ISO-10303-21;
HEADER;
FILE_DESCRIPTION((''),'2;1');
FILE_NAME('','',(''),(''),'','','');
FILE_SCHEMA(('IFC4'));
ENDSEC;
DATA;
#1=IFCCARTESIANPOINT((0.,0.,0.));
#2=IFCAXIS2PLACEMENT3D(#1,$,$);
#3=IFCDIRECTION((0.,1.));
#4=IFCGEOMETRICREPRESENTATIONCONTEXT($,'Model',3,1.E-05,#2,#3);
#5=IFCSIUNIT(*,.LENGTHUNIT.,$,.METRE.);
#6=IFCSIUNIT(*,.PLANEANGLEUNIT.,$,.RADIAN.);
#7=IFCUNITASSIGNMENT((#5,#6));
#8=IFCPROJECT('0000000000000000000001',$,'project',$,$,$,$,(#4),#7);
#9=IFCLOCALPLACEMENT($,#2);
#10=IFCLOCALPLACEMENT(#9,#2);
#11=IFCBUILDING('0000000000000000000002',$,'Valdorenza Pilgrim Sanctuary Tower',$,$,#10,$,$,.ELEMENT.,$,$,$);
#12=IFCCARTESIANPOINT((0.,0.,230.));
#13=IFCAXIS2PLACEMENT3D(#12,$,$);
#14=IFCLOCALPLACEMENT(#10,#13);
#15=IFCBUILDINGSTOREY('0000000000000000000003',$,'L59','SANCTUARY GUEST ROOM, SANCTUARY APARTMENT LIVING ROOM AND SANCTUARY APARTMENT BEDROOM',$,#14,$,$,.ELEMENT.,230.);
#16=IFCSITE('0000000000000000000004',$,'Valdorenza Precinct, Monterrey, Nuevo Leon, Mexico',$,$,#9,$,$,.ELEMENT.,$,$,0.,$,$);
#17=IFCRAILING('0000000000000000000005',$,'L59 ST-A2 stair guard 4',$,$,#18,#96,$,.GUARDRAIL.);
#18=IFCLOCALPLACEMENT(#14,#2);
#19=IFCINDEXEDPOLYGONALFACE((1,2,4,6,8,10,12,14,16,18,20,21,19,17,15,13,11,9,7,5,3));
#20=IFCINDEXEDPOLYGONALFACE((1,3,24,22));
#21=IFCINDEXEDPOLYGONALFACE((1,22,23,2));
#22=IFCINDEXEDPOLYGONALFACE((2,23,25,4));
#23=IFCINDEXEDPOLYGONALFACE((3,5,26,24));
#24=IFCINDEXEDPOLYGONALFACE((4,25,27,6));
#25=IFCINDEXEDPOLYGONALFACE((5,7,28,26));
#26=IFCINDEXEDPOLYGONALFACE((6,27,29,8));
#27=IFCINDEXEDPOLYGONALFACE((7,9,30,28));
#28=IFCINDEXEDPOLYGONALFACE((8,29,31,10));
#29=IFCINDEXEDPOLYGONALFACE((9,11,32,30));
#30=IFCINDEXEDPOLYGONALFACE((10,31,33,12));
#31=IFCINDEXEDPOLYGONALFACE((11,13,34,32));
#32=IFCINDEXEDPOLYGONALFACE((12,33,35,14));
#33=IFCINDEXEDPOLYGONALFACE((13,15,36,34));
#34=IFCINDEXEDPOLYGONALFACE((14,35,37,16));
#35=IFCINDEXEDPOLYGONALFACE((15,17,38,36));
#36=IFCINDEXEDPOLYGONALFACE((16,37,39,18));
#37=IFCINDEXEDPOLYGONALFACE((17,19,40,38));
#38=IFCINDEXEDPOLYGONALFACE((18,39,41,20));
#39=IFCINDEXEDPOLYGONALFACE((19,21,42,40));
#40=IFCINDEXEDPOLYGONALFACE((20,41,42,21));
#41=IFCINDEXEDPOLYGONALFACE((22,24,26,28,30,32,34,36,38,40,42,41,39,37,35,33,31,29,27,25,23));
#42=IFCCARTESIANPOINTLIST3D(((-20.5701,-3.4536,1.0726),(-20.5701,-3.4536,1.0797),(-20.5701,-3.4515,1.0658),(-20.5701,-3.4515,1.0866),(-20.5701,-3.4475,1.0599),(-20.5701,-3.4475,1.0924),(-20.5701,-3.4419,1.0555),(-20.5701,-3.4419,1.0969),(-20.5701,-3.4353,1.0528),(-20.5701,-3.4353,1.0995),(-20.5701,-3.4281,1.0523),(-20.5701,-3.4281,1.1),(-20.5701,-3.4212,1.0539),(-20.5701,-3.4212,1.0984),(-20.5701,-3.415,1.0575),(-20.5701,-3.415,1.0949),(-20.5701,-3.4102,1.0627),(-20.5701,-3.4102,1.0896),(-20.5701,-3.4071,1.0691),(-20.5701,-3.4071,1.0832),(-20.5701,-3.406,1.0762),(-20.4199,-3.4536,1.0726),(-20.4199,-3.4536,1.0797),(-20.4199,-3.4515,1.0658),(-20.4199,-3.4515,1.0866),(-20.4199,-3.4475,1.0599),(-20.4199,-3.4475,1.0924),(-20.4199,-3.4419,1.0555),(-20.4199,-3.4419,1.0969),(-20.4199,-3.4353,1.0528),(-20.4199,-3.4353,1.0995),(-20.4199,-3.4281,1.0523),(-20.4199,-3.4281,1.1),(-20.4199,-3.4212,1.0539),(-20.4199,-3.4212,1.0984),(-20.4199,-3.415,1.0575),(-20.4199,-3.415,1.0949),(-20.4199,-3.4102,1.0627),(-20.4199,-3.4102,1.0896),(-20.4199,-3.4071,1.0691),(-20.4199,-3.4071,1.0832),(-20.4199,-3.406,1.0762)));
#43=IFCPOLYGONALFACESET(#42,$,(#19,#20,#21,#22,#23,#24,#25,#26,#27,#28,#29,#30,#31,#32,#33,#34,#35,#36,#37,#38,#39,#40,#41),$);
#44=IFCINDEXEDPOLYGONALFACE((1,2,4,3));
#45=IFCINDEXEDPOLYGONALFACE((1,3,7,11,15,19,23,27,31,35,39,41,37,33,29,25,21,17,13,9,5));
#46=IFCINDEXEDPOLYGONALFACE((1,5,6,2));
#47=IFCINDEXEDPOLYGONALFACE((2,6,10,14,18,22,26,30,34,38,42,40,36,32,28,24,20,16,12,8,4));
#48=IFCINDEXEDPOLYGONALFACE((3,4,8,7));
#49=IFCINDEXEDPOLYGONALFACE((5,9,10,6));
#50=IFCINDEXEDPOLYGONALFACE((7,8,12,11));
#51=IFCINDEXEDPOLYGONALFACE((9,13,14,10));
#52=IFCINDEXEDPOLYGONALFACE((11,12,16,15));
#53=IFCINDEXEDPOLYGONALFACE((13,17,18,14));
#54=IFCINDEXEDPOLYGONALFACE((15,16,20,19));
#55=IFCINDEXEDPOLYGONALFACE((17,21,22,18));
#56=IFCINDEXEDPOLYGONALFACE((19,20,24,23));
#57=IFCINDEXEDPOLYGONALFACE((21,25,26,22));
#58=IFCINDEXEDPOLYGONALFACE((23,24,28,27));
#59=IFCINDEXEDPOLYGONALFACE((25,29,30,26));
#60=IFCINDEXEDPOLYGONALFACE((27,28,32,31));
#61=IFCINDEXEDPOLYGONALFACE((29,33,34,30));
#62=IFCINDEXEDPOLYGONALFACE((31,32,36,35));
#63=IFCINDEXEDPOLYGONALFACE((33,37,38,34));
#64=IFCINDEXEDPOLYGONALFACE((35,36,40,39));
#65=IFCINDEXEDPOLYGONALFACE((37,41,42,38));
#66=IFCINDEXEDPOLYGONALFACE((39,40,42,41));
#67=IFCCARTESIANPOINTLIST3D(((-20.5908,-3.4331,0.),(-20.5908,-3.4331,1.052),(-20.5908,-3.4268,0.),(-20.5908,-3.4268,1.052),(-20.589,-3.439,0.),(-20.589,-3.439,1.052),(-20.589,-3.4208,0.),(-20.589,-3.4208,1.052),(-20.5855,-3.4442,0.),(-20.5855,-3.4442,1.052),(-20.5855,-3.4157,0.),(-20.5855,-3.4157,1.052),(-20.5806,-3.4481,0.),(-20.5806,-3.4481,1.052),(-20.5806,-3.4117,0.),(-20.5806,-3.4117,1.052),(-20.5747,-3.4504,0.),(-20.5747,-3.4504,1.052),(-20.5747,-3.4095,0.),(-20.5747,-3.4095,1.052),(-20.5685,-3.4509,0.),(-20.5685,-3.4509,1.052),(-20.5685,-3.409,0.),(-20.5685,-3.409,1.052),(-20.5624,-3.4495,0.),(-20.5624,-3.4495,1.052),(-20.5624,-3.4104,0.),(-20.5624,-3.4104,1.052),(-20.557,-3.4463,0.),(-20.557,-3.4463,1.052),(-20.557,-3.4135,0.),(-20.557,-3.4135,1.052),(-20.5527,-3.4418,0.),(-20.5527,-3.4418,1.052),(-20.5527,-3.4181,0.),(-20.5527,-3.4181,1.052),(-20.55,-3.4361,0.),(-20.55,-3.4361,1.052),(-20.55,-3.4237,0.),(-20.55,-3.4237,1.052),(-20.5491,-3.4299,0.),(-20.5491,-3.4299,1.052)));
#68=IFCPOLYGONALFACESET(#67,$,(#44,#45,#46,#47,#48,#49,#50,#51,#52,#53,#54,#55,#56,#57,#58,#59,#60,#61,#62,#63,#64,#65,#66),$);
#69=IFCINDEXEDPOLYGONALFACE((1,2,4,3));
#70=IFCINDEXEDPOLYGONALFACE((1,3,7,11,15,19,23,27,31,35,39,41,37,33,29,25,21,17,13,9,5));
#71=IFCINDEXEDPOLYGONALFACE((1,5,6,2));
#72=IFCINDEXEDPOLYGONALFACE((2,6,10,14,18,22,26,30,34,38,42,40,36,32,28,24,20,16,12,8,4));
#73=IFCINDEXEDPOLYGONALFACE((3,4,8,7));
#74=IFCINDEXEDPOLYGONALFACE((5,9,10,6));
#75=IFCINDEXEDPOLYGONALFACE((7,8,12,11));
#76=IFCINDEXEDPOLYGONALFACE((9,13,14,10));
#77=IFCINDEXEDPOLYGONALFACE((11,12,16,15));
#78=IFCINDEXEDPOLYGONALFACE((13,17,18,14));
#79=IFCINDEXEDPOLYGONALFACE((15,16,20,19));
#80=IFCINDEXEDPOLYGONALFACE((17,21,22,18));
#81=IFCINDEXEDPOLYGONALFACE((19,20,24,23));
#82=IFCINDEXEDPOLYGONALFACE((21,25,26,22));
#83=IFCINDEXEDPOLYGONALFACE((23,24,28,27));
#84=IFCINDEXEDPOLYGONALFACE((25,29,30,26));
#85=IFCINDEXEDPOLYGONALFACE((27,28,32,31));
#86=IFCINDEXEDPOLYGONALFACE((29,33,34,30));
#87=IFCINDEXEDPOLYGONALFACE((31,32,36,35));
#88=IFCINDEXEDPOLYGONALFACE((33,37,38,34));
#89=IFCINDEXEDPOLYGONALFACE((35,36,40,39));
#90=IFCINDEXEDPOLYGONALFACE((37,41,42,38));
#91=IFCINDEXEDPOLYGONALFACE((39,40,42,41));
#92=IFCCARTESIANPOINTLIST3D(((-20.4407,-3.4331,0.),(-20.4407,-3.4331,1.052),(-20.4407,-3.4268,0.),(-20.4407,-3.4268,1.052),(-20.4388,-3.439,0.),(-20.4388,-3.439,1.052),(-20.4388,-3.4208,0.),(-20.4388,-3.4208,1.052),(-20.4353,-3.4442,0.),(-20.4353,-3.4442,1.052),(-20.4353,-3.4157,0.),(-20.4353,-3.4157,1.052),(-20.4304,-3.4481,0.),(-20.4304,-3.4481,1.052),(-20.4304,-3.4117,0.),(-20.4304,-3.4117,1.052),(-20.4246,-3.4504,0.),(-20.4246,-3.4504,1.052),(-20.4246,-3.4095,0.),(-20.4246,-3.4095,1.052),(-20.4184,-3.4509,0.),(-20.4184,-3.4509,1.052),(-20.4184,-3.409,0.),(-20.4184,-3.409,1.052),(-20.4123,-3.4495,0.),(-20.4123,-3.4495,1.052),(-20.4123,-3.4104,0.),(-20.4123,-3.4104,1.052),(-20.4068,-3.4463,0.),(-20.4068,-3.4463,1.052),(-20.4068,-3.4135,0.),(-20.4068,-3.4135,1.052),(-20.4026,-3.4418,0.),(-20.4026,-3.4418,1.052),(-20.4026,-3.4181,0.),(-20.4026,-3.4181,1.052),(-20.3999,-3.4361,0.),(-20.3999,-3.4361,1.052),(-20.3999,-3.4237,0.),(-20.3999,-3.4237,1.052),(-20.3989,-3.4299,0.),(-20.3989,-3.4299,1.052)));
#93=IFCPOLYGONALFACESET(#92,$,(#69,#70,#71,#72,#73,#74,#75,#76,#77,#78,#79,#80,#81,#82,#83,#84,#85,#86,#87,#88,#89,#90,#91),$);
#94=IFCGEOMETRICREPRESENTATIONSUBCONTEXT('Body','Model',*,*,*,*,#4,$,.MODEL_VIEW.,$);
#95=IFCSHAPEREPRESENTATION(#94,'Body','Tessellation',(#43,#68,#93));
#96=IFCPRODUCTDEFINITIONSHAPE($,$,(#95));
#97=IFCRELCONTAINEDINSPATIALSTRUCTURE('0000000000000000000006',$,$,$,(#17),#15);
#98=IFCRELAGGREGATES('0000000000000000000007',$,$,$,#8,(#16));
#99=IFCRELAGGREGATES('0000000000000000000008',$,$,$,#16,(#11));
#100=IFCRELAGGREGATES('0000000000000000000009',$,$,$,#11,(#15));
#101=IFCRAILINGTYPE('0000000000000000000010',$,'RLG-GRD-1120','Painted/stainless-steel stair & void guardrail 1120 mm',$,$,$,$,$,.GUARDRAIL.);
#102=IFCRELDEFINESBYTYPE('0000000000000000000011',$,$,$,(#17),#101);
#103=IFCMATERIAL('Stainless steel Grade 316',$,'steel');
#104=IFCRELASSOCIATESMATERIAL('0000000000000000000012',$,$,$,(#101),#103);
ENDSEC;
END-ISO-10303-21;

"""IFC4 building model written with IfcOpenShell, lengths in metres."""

from ifc_helpers import new_model, si_unit, direction, frame, origin, origin_2d, place, context, subcontext, project, spatial, circle, extrude, material, type_object, element, save


model = new_model("IFC4")

# Units and contexts
model_context = context("Model", 3, precision=1e-05, world=origin(), true_north=direction((0.0, 1.0)))
body_context = subcontext(model_context, "Body", "Model", "MODEL_VIEW")
ifc_project = project(units=[si_unit("LENGTHUNIT", "METRE"), si_unit("PLANEANGLEUNIT", "RADIAN")], contexts=[model_context])

# Site, building, storey
site_placement = place(None, origin())
site = spatial("IfcSite", under=ifc_project, at=site_placement, Name="Valdorenza Precinct, Monterrey, Nuevo Leon, Mexico", CompositionType="ELEMENT", RefElevation=0.0)
building_placement = place(site_placement, origin())
building = spatial("IfcBuilding", under=site, at=building_placement, Name="Valdorenza Pilgrim Sanctuary Tower", CompositionType="ELEMENT")
storey_placement = place(building_placement, frame((0.0, 0.0, 230.0)))
storey = spatial("IfcBuildingStorey", under=building, at=storey_placement, Name="L59", Description="SANCTUARY GUEST ROOM, SANCTUARY APARTMENT LIVING ROOM AND SANCTUARY APARTMENT BEDROOM", CompositionType="ELEMENT", Elevation=230.0)

# Railing
ifc_material_1 = material(Name="Stainless steel Grade 316", Category="steel")
railing_type_1 = type_object("IfcRailingType", Name="RLG-GRD-1120", Description="Painted/stainless-steel stair & void guardrail 1120 mm", PredefinedType="GUARDRAIL", material=ifc_material_1)
railing_1_placement = place(storey_placement, frame((-20.5701, -3.4299, 0.0)))
element("IfcRailing", 1, at=railing_1_placement, inside=storey, type_object=railing_type_1, Name="L59 ST-A2 stair guard 4", PredefinedType="GUARDRAIL", context=body_context, shape_type="SweptSolid", body=[
    extrude(circle(Radius=0.0239, at=origin_2d()), frame((0.0, 0.0, 1.0762), z_axis=(1.0, 0.0, 0.0), x_axis=(0.0, 1.0, 0.0)), (0.0, 0.0, 1.0), 0.1501),
    extrude(circle(Radius=0.021, at=origin_2d()), origin(), (0.0, 0.0, 1.0), 1.052),
    extrude(circle(Radius=0.021, at=origin_2d()), frame((0.1501, 0.0, 0.0)), (0.0, 0.0, 1.0), 1.052),
])

save(model, "model.ifc")
